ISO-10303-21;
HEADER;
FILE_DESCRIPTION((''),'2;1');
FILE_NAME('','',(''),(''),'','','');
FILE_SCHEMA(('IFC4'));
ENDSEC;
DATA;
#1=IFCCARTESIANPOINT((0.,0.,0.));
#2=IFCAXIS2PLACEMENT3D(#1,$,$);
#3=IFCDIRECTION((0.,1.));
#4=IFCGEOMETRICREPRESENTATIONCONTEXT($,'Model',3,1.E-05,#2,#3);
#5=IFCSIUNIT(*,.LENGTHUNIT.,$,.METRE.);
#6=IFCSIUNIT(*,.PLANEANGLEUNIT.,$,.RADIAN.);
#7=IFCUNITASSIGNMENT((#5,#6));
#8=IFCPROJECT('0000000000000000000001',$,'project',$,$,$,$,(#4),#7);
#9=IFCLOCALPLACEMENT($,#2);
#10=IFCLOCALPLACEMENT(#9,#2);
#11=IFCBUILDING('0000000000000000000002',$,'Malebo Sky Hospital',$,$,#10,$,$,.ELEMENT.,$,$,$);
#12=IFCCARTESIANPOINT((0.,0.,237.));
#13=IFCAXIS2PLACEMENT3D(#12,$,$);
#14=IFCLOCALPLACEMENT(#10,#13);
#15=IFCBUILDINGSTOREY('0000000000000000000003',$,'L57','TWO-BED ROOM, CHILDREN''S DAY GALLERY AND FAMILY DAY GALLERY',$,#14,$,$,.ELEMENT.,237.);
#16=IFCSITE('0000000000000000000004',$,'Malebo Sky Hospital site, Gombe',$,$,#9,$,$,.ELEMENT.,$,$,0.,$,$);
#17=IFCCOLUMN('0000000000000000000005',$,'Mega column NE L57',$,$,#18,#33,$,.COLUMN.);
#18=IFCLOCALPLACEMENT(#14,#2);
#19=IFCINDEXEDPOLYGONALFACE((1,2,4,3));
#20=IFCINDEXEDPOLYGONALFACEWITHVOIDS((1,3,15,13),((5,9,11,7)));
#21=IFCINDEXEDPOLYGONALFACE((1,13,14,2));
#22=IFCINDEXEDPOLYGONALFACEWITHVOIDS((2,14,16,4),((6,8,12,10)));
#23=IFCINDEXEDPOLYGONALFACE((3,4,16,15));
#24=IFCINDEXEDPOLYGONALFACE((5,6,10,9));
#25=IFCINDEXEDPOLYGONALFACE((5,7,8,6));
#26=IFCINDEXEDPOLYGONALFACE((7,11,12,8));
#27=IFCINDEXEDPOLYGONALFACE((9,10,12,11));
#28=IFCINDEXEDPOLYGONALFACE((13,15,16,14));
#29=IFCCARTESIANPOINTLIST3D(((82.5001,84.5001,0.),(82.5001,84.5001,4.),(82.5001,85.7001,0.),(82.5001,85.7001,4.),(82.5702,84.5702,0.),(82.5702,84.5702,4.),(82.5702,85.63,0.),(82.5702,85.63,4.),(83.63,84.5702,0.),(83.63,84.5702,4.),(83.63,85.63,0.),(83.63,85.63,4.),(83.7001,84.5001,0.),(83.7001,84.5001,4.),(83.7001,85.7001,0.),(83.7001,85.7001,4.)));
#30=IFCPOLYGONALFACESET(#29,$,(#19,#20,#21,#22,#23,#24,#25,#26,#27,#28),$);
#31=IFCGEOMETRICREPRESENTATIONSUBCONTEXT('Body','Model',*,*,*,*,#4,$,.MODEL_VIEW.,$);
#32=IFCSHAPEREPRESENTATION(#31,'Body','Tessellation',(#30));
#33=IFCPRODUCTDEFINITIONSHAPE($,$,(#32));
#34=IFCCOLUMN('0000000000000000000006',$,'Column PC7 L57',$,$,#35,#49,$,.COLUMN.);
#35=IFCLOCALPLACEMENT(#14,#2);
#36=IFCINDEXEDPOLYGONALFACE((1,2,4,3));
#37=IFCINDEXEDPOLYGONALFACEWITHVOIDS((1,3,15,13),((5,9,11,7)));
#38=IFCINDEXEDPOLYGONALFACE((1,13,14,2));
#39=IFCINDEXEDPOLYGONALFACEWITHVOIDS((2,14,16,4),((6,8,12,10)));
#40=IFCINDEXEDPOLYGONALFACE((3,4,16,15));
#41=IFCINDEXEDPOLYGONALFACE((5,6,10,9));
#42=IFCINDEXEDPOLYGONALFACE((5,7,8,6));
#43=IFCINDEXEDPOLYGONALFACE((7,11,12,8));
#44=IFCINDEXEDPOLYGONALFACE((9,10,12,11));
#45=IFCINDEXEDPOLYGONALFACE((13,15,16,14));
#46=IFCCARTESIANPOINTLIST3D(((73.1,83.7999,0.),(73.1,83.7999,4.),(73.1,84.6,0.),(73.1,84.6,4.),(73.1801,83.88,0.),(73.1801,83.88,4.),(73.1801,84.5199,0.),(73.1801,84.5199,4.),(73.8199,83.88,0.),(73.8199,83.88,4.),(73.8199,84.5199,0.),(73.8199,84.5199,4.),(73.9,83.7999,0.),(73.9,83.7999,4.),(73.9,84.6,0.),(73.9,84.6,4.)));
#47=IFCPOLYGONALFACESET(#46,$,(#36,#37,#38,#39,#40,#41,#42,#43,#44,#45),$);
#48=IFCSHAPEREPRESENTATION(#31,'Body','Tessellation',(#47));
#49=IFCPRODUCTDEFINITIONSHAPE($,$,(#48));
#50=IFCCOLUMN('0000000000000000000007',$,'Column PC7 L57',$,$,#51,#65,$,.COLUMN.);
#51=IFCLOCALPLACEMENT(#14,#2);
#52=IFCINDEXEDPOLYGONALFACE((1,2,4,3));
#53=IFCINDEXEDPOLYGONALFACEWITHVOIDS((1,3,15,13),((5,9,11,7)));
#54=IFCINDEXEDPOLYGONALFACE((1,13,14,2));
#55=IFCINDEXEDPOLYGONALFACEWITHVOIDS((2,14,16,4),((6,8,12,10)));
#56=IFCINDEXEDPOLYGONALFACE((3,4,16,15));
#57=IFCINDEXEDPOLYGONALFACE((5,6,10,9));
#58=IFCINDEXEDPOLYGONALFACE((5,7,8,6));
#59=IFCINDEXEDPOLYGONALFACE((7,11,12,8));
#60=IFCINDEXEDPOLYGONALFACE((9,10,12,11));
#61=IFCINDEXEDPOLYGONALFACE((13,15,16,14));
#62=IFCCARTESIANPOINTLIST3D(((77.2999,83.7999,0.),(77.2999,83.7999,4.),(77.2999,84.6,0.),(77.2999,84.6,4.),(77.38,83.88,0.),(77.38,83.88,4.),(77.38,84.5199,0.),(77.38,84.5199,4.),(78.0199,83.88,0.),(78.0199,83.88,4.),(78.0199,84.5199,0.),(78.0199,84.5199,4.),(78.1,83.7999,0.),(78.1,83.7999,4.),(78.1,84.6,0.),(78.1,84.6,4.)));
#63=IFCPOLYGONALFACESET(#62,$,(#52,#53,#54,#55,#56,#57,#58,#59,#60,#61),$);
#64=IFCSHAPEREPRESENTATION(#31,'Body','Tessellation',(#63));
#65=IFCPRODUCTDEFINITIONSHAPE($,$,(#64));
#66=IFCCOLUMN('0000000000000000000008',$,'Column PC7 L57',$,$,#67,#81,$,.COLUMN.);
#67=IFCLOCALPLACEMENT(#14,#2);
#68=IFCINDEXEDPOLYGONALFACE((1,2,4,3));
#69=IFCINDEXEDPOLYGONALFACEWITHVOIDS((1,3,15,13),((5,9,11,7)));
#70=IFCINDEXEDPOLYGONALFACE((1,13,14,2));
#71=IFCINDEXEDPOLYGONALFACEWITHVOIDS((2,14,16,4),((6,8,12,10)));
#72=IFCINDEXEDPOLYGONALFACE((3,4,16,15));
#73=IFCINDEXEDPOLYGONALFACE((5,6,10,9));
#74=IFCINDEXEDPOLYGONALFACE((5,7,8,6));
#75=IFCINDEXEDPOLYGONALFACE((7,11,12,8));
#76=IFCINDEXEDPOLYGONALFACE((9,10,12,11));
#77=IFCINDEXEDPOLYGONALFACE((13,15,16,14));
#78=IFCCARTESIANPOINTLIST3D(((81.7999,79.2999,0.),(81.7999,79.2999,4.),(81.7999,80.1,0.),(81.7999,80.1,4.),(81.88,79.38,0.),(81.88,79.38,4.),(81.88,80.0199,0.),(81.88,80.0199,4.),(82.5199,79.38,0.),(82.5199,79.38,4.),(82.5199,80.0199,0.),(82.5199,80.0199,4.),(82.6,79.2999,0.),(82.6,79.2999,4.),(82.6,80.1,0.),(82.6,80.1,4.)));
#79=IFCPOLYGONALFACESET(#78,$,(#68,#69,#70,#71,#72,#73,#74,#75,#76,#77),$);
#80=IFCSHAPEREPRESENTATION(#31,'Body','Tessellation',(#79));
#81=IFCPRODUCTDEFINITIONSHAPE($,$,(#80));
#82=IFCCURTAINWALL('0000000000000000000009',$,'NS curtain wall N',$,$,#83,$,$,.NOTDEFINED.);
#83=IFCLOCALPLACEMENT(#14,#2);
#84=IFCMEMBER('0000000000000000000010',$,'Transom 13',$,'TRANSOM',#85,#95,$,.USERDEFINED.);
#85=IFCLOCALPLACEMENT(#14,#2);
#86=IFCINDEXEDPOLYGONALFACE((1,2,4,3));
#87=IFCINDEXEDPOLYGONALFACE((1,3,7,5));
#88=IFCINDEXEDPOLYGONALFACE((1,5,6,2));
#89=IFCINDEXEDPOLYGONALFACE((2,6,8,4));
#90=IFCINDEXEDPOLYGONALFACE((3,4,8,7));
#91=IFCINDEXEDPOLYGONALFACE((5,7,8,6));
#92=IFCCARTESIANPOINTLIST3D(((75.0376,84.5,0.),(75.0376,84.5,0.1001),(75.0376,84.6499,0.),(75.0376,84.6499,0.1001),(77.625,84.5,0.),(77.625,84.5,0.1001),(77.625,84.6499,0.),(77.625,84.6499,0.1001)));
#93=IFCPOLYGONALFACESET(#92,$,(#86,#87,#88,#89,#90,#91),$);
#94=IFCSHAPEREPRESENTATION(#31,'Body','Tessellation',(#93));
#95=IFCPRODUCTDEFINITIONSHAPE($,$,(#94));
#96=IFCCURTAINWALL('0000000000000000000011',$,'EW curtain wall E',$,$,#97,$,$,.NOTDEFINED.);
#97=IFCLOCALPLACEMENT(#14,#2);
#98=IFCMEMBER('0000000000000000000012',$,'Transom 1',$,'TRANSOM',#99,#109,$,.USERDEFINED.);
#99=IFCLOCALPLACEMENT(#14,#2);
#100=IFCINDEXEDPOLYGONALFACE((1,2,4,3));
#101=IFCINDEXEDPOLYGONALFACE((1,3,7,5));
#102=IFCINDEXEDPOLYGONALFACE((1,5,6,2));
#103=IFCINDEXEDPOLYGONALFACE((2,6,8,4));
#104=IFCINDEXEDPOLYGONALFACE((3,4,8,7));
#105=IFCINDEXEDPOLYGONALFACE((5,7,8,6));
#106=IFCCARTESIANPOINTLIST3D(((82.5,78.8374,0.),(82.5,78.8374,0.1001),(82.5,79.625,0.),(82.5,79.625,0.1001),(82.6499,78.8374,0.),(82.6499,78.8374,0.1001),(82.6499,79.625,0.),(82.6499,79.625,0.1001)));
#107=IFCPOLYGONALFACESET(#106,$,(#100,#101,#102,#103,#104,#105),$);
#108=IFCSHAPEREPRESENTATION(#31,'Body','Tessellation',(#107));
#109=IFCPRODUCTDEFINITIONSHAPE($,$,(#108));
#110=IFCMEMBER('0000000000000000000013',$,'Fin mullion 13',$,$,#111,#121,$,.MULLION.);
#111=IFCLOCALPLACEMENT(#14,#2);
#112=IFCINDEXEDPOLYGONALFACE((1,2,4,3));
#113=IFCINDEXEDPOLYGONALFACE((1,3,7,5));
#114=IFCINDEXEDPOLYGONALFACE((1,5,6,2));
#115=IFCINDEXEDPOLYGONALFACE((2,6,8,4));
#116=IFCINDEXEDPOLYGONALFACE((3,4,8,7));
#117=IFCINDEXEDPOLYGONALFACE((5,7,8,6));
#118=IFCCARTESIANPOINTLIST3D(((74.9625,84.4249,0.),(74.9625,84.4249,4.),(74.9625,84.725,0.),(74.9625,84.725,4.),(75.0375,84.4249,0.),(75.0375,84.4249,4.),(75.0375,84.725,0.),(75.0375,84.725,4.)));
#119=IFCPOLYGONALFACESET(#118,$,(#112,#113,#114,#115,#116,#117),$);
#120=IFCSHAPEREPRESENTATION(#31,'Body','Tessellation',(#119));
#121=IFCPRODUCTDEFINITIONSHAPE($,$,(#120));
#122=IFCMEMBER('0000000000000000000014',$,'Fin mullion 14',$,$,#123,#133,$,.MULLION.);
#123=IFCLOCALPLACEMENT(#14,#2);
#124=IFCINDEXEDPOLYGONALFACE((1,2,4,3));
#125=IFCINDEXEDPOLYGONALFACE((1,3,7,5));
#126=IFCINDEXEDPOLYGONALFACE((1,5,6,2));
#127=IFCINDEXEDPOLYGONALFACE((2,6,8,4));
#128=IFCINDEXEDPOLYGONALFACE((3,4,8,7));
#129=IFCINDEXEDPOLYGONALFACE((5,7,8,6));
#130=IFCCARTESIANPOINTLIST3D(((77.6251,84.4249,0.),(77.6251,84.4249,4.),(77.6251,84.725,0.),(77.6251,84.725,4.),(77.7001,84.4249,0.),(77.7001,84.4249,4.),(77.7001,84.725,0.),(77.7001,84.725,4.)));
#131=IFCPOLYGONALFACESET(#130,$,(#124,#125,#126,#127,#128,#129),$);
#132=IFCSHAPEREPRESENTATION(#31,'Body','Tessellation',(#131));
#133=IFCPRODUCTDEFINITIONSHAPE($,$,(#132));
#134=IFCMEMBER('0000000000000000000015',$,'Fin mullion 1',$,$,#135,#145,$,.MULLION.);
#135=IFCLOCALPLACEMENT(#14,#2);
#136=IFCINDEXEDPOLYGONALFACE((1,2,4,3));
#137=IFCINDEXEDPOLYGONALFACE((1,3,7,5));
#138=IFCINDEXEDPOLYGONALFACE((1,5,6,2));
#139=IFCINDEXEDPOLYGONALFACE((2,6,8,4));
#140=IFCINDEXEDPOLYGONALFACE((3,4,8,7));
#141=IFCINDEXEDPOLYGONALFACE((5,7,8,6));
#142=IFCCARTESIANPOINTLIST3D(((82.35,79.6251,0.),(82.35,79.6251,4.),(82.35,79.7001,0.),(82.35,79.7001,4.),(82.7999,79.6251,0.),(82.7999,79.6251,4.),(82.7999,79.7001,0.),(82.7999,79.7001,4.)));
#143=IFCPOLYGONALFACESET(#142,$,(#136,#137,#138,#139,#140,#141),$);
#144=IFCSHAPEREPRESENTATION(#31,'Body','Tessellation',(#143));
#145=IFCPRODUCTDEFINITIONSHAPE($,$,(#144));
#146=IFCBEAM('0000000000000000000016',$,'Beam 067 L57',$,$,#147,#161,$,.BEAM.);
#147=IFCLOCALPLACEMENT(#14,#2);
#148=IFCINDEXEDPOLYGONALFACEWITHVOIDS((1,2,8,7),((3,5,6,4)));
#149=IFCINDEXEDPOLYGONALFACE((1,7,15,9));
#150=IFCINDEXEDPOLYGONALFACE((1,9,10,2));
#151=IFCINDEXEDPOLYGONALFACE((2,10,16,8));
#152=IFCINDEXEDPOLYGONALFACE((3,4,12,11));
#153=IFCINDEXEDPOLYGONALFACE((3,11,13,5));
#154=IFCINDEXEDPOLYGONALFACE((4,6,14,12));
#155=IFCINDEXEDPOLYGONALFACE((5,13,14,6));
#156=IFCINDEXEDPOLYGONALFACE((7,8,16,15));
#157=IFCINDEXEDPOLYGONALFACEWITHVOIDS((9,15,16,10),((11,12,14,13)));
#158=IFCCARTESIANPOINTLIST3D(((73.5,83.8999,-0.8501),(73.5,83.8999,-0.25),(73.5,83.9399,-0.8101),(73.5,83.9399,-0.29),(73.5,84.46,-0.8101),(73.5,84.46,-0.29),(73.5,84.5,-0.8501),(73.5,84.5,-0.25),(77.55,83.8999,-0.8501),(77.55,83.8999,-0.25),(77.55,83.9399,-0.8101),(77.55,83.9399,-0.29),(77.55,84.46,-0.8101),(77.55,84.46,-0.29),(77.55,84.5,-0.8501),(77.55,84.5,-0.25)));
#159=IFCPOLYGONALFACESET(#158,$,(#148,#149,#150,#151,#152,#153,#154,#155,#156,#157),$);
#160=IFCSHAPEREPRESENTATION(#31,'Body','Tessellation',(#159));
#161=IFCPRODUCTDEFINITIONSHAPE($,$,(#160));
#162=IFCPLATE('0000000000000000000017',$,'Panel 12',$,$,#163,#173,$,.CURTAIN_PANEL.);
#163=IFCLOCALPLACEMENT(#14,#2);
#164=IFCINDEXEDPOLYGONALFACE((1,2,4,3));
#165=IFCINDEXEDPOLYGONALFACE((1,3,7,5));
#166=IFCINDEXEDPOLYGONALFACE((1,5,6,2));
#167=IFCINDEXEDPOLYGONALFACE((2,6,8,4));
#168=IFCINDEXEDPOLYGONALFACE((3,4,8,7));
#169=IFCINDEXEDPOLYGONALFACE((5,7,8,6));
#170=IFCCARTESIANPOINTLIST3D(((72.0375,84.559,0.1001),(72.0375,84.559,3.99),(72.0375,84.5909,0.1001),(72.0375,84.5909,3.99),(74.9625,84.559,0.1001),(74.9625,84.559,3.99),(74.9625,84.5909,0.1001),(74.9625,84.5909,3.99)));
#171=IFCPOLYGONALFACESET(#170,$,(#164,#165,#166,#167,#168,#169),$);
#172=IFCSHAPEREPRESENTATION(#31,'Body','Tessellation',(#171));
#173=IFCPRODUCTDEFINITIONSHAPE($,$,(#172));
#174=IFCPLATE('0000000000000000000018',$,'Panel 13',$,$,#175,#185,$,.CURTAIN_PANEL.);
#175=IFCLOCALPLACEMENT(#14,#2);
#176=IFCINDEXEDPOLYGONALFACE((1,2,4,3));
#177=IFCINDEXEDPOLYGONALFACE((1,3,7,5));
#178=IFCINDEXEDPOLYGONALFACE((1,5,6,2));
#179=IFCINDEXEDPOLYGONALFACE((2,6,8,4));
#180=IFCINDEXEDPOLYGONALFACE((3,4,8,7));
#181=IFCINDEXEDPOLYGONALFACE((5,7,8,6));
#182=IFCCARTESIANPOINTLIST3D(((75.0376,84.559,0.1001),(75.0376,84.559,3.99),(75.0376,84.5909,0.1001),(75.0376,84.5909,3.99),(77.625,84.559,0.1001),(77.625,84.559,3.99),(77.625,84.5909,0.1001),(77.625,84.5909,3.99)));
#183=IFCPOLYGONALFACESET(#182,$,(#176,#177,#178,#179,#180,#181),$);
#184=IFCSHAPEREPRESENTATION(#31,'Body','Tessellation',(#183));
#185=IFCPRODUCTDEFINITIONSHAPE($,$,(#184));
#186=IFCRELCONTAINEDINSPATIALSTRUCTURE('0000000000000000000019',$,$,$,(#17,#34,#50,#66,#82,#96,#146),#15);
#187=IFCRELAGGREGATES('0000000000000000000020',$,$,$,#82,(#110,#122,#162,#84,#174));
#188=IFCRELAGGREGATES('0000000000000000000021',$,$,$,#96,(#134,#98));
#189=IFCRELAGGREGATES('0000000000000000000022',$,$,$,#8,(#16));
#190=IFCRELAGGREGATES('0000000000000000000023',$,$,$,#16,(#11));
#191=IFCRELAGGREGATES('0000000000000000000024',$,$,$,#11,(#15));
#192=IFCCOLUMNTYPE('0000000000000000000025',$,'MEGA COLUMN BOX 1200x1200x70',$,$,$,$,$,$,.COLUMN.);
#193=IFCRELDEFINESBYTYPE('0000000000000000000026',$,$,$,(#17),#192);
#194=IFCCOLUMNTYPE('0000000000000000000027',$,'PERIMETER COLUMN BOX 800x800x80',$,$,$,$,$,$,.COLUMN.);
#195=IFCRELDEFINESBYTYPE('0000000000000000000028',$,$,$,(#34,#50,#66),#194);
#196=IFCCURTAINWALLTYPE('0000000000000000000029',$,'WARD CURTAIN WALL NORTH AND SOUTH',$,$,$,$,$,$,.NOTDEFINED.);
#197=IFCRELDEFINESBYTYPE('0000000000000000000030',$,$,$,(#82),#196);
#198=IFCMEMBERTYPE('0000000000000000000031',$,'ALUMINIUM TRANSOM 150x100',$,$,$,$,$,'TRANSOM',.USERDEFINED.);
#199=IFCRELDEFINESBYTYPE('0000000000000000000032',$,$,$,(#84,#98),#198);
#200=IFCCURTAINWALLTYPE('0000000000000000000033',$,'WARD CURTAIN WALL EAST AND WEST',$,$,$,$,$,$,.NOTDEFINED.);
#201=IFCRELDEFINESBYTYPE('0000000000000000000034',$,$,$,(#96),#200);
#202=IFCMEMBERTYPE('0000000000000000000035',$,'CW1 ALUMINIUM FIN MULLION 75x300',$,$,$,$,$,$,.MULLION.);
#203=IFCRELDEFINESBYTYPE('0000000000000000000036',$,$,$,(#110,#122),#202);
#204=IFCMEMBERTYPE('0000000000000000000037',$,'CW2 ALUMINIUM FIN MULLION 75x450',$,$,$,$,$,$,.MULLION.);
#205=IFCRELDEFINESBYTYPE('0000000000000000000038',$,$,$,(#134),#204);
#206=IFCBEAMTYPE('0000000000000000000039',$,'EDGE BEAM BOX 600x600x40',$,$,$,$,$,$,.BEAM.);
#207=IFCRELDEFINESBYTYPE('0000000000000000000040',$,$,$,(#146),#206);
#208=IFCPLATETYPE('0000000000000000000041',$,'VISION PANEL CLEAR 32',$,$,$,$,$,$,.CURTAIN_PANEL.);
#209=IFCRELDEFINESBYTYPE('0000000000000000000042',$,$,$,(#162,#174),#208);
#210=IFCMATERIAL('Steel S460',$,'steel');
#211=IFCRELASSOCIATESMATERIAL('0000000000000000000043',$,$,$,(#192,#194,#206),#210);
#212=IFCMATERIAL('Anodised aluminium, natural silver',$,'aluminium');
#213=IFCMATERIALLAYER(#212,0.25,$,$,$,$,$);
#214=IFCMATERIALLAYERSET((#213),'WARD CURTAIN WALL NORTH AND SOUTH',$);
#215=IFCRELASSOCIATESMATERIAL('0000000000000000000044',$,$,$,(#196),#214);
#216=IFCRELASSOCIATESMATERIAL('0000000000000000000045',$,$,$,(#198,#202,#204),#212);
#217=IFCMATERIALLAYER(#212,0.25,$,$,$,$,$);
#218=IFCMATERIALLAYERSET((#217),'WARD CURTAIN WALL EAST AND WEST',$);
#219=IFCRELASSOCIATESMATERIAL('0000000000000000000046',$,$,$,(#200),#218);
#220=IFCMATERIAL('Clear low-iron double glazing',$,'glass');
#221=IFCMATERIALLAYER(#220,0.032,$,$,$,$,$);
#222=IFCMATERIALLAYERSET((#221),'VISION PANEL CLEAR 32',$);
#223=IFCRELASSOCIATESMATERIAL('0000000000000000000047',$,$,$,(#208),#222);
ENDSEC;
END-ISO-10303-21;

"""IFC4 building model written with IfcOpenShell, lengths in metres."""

from ifc_helpers import new_model, si_unit, direction, frame, origin, origin_2d, place, context, subcontext, project, spatial, rectangle, hollow_rectangle, extrude, material, layer, layer_set, material_profile, profile_set, type_object, element, aggregate, save


model = new_model("IFC4")

# Units and contexts
model_context = context("Model", 3, precision=1e-05, world=origin(), true_north=direction((0.0, 1.0)))
body_context = subcontext(model_context, "Body", "Model", "MODEL_VIEW")
ifc_project = project(units=[si_unit("LENGTHUNIT", "METRE"), si_unit("PLANEANGLEUNIT", "RADIAN")], contexts=[model_context])

# Site, building, storey
site_placement = place(None, origin())
site = spatial("IfcSite", under=ifc_project, at=site_placement, Name="Malebo Sky Hospital site, Gombe", CompositionType="ELEMENT", RefElevation=0.0)
building_placement = place(site_placement, origin())
building = spatial("IfcBuilding", under=site, at=building_placement, Name="Malebo Sky Hospital", CompositionType="ELEMENT")
storey_placement = place(building_placement, frame((0.0, 0.0, 237.0)))
storey = spatial("IfcBuildingStorey", under=building, at=storey_placement, Name="L57", Description="TWO-BED ROOM, CHILDREN'S DAY GALLERY AND FAMILY DAY GALLERY", CompositionType="ELEMENT", Elevation=237.0)

# Columns
ifc_material_1 = material(Name="Steel S460", Category="steel")
ifc_material_profile_1 = material_profile(ifc_material_1, hollow_rectangle(XDim=1.2, YDim=1.2, WallThickness=0.0701, at=origin_2d()), Name="BOX 1200x1200x70")
ifc_profile_set_1 = profile_set([ifc_material_profile_1], Name="Steel S460")
column_type_1 = type_object("IfcColumnType", Name="MEGA COLUMN BOX 1200x1200x70", PredefinedType="COLUMN", material=ifc_profile_set_1)
column_placement = place(storey_placement, frame((83.1001, 85.1001, 0.0), z_axis=(0.0, 0.0, 1.0), x_axis=(1.0, 0.0, 0.0)))
element("IfcColumn", 1, at=column_placement, inside=storey, type_object=column_type_1, Name="Mega column NE L57", PredefinedType="COLUMN", context=body_context, shape_type="SweptSolid", body=[
    extrude(hollow_rectangle(XDim=1.2, YDim=1.2, WallThickness=0.0701, at=origin_2d()), origin(), (0.0, 0.0, 1.0), 4.0),
])
ifc_material_profile_2 = material_profile(ifc_material_1, hollow_rectangle(XDim=0.8, YDim=0.8, WallThickness=0.0801, at=origin_2d()), Name="BOX 800x800x80")
ifc_profile_set_2 = profile_set([ifc_material_profile_2], Name="Steel S460")
column_type_2 = type_object("IfcColumnType", Name="PERIMETER COLUMN BOX 800x800x80", PredefinedType="COLUMN", material=ifc_profile_set_2)
for number, where, z_axis, x_axis, name in (
    (2, (73.5, 84.2, 0.0), (0.0, 0.0, 1.0), (1.0, 0.0, 0.0), "Column PC7 L57"),
    (3, (77.7, 84.2, 0.0), (0.0, 0.0, 1.0), (1.0, 0.0, 0.0), "Column PC7 L57"),
    (4, (82.2, 79.7, 0.0), (0.0, 0.0, 1.0), (1.0, 0.0, 0.0), "Column PC7 L57"),
):
    element("IfcColumn", number, at=place(storey_placement, frame(where, z_axis=z_axis, x_axis=x_axis)), inside=storey, type_object=column_type_2, Name=name, PredefinedType="COLUMN", context=body_context, shape_type="SweptSolid", body=[
        extrude(hollow_rectangle(XDim=0.8, YDim=0.8, WallThickness=0.0801, at=origin_2d()), origin(), (0.0, 0.0, 1.0), 4.0),
    ])

# Curtain walls, members
ifc_material_2 = material(Name="Anodised aluminium, natural silver", Category="aluminium")
ifc_layer_1 = layer(ifc_material_2, 0.25)
ifc_layer_set_1 = layer_set([ifc_layer_1], Name="WARD CURTAIN WALL NORTH AND SOUTH")
curtain_wall_type_1 = type_object("IfcCurtainWallType", Name="WARD CURTAIN WALL NORTH AND SOUTH", PredefinedType="NOTDEFINED", material=ifc_layer_set_1)
curtain_wall_1_placement = place(storey_placement, origin())
curtain_wall_1 = element("IfcCurtainWall", 5, at=curtain_wall_1_placement, inside=storey, type_object=curtain_wall_type_1, Name="NS curtain wall N", PredefinedType="NOTDEFINED")
ifc_material_profile_3 = material_profile(ifc_material_2, rectangle(XDim=0.1499, YDim=0.1001, at=origin_2d()), Name="ALUMINIUM TRANSOM 150x100")
ifc_profile_set_3 = profile_set([ifc_material_profile_3], Name="Anodised aluminium, natural silver")
member_type_1 = type_object("IfcMemberType", Name="ALUMINIUM TRANSOM 150x100", ElementType="TRANSOM", PredefinedType="USERDEFINED", material=ifc_profile_set_3)
member_1_placement = place(storey_placement, frame((75.0376, 84.575, 0.05), z_axis=(1.0, 0.0, 0.0), x_axis=(0.0, 1.0, 0.0)))
member_1 = element("IfcMember", 6, at=member_1_placement, type_object=member_type_1, Name="Transom 13", ObjectType="TRANSOM", PredefinedType="USERDEFINED", context=body_context, shape_type="SweptSolid", body=[
    extrude(rectangle(XDim=0.1499, YDim=0.1001, at=origin_2d()), origin(), (0.0, 0.0, 1.0), 2.5874),
])
ifc_layer_2 = layer(ifc_material_2, 0.25)
ifc_layer_set_2 = layer_set([ifc_layer_2], Name="WARD CURTAIN WALL EAST AND WEST")
curtain_wall_type_2 = type_object("IfcCurtainWallType", Name="WARD CURTAIN WALL EAST AND WEST", PredefinedType="NOTDEFINED", material=ifc_layer_set_2)
curtain_wall_2_placement = place(storey_placement, origin())
curtain_wall_2 = element("IfcCurtainWall", 7, at=curtain_wall_2_placement, inside=storey, type_object=curtain_wall_type_2, Name="EW curtain wall E", PredefinedType="NOTDEFINED")
member_2_placement = place(storey_placement, frame((82.575, 79.625, 0.05), z_axis=(0.0, -1.0, 0.0), x_axis=(1.0, 0.0, 0.0)))
member_2 = element("IfcMember", 8, at=member_2_placement, type_object=member_type_1, Name="Transom 1", ObjectType="TRANSOM", PredefinedType="USERDEFINED", context=body_context, shape_type="SweptSolid", body=[
    extrude(rectangle(XDim=0.1499, YDim=0.1001, at=origin_2d()), origin(), (0.0, 0.0, 1.0), 0.7876),
])

# Members
ifc_material_profile_4 = material_profile(ifc_material_2, rectangle(XDim=0.075, YDim=0.3, at=origin_2d()), Name="CW1 ALUMINIUM FIN MULLION 75x300")
ifc_profile_set_4 = profile_set([ifc_material_profile_4], Name="Anodised aluminium, natural silver")
member_type_2 = type_object("IfcMemberType", Name="CW1 ALUMINIUM FIN MULLION 75x300", PredefinedType="MULLION", material=ifc_profile_set_4)
member_3_placement = place(storey_placement, frame((75.0, 84.575, 0.0), z_axis=(0.0, 0.0, 1.0), x_axis=(1.0, 0.0, 0.0)))
member_3 = element("IfcMember", 9, at=member_3_placement, type_object=member_type_2, Name="Fin mullion 13", PredefinedType="MULLION", context=body_context, shape_type="SweptSolid", body=[
    extrude(rectangle(XDim=0.075, YDim=0.3, at=origin_2d()), origin(), (0.0, 0.0, 1.0), 4.0),
])
member_4_placement = place(storey_placement, frame((77.6626, 84.575, 0.0), z_axis=(0.0, 0.0, 1.0), x_axis=(1.0, 0.0, 0.0)))
member_4 = element("IfcMember", 10, at=member_4_placement, type_object=member_type_2, Name="Fin mullion 14", PredefinedType="MULLION", context=body_context, shape_type="SweptSolid", body=[
    extrude(rectangle(XDim=0.075, YDim=0.3, at=origin_2d()), origin(), (0.0, 0.0, 1.0), 4.0),
])
ifc_material_profile_5 = material_profile(ifc_material_2, rectangle(XDim=0.075, YDim=0.45, at=origin_2d()), Name="CW2 ALUMINIUM FIN MULLION 75x450")
ifc_profile_set_5 = profile_set([ifc_material_profile_5], Name="Anodised aluminium, natural silver")
member_type_3 = type_object("IfcMemberType", Name="CW2 ALUMINIUM FIN MULLION 75x450", PredefinedType="MULLION", material=ifc_profile_set_5)
member_5_placement = place(storey_placement, frame((82.575, 79.6626, 0.0), z_axis=(0.0, 0.0, 1.0), x_axis=(0.0, -1.0, 0.0)))
member_5 = element("IfcMember", 11, at=member_5_placement, type_object=member_type_3, Name="Fin mullion 1", PredefinedType="MULLION", context=body_context, shape_type="SweptSolid", body=[
    extrude(rectangle(XDim=0.075, YDim=0.45, at=origin_2d()), origin(), (0.0, 0.0, 1.0), 4.0),
])

# Beam
ifc_material_profile_6 = material_profile(ifc_material_1, hollow_rectangle(XDim=0.6001, YDim=0.6001, WallThickness=0.04, at=origin_2d()), Name="BOX 600x600x40")
ifc_profile_set_6 = profile_set([ifc_material_profile_6], Name="Steel S460")
beam_type = type_object("IfcBeamType", Name="EDGE BEAM BOX 600x600x40", PredefinedType="BEAM", material=ifc_profile_set_6)
beam_placement = place(storey_placement, frame((73.5, 84.2, -0.55), z_axis=(1.0, 0.0, 0.0), x_axis=(0.0, 1.0, 0.0)))
element("IfcBeam", 12, at=beam_placement, inside=storey, type_object=beam_type, Name="Beam 067 L57", PredefinedType="BEAM", context=body_context, shape_type="SweptSolid", body=[
    extrude(hollow_rectangle(XDim=0.6001, YDim=0.6001, WallThickness=0.04, at=origin_2d()), origin(), (0.0, 0.0, 1.0), 4.05),
])

# Plates
ifc_material_3 = material(Name="Clear low-iron double glazing", Category="glass")
ifc_layer_3 = layer(ifc_material_3, 0.032)
ifc_layer_set_3 = layer_set([ifc_layer_3], Name="VISION PANEL CLEAR 32")
plate_type = type_object("IfcPlateType", Name="VISION PANEL CLEAR 32", PredefinedType="CURTAIN_PANEL", material=ifc_layer_set_3)
plate_1_placement = place(storey_placement, frame((73.5, 84.575, 0.1001), z_axis=(0.0, 0.0, 1.0), x_axis=(1.0, 0.0, 0.0)))
plate_1 = element("IfcPlate", 13, at=plate_1_placement, type_object=plate_type, Name="Panel 12", PredefinedType="CURTAIN_PANEL", context=body_context, shape_type="SweptSolid", body=[
    extrude(rectangle(XDim=2.925, YDim=0.032, at=origin_2d()), origin(), (0.0, 0.0, 1.0), 3.8899),
])
plate_2_placement = place(storey_placement, frame((76.3313, 84.575, 0.1001), z_axis=(0.0, 0.0, 1.0), x_axis=(1.0, 0.0, 0.0)))
plate_2 = element("IfcPlate", 14, at=plate_2_placement, type_object=plate_type, Name="Panel 13", PredefinedType="CURTAIN_PANEL", context=body_context, shape_type="SweptSolid", body=[
    extrude(rectangle(XDim=2.5874, YDim=0.032, at=origin_2d()), origin(), (0.0, 0.0, 1.0), 3.8899),
])
aggregate(curtain_wall_1, [member_3, member_4, plate_1, member_1, plate_2])
aggregate(curtain_wall_2, [member_5, member_2])

save(model, "model.ifc")
